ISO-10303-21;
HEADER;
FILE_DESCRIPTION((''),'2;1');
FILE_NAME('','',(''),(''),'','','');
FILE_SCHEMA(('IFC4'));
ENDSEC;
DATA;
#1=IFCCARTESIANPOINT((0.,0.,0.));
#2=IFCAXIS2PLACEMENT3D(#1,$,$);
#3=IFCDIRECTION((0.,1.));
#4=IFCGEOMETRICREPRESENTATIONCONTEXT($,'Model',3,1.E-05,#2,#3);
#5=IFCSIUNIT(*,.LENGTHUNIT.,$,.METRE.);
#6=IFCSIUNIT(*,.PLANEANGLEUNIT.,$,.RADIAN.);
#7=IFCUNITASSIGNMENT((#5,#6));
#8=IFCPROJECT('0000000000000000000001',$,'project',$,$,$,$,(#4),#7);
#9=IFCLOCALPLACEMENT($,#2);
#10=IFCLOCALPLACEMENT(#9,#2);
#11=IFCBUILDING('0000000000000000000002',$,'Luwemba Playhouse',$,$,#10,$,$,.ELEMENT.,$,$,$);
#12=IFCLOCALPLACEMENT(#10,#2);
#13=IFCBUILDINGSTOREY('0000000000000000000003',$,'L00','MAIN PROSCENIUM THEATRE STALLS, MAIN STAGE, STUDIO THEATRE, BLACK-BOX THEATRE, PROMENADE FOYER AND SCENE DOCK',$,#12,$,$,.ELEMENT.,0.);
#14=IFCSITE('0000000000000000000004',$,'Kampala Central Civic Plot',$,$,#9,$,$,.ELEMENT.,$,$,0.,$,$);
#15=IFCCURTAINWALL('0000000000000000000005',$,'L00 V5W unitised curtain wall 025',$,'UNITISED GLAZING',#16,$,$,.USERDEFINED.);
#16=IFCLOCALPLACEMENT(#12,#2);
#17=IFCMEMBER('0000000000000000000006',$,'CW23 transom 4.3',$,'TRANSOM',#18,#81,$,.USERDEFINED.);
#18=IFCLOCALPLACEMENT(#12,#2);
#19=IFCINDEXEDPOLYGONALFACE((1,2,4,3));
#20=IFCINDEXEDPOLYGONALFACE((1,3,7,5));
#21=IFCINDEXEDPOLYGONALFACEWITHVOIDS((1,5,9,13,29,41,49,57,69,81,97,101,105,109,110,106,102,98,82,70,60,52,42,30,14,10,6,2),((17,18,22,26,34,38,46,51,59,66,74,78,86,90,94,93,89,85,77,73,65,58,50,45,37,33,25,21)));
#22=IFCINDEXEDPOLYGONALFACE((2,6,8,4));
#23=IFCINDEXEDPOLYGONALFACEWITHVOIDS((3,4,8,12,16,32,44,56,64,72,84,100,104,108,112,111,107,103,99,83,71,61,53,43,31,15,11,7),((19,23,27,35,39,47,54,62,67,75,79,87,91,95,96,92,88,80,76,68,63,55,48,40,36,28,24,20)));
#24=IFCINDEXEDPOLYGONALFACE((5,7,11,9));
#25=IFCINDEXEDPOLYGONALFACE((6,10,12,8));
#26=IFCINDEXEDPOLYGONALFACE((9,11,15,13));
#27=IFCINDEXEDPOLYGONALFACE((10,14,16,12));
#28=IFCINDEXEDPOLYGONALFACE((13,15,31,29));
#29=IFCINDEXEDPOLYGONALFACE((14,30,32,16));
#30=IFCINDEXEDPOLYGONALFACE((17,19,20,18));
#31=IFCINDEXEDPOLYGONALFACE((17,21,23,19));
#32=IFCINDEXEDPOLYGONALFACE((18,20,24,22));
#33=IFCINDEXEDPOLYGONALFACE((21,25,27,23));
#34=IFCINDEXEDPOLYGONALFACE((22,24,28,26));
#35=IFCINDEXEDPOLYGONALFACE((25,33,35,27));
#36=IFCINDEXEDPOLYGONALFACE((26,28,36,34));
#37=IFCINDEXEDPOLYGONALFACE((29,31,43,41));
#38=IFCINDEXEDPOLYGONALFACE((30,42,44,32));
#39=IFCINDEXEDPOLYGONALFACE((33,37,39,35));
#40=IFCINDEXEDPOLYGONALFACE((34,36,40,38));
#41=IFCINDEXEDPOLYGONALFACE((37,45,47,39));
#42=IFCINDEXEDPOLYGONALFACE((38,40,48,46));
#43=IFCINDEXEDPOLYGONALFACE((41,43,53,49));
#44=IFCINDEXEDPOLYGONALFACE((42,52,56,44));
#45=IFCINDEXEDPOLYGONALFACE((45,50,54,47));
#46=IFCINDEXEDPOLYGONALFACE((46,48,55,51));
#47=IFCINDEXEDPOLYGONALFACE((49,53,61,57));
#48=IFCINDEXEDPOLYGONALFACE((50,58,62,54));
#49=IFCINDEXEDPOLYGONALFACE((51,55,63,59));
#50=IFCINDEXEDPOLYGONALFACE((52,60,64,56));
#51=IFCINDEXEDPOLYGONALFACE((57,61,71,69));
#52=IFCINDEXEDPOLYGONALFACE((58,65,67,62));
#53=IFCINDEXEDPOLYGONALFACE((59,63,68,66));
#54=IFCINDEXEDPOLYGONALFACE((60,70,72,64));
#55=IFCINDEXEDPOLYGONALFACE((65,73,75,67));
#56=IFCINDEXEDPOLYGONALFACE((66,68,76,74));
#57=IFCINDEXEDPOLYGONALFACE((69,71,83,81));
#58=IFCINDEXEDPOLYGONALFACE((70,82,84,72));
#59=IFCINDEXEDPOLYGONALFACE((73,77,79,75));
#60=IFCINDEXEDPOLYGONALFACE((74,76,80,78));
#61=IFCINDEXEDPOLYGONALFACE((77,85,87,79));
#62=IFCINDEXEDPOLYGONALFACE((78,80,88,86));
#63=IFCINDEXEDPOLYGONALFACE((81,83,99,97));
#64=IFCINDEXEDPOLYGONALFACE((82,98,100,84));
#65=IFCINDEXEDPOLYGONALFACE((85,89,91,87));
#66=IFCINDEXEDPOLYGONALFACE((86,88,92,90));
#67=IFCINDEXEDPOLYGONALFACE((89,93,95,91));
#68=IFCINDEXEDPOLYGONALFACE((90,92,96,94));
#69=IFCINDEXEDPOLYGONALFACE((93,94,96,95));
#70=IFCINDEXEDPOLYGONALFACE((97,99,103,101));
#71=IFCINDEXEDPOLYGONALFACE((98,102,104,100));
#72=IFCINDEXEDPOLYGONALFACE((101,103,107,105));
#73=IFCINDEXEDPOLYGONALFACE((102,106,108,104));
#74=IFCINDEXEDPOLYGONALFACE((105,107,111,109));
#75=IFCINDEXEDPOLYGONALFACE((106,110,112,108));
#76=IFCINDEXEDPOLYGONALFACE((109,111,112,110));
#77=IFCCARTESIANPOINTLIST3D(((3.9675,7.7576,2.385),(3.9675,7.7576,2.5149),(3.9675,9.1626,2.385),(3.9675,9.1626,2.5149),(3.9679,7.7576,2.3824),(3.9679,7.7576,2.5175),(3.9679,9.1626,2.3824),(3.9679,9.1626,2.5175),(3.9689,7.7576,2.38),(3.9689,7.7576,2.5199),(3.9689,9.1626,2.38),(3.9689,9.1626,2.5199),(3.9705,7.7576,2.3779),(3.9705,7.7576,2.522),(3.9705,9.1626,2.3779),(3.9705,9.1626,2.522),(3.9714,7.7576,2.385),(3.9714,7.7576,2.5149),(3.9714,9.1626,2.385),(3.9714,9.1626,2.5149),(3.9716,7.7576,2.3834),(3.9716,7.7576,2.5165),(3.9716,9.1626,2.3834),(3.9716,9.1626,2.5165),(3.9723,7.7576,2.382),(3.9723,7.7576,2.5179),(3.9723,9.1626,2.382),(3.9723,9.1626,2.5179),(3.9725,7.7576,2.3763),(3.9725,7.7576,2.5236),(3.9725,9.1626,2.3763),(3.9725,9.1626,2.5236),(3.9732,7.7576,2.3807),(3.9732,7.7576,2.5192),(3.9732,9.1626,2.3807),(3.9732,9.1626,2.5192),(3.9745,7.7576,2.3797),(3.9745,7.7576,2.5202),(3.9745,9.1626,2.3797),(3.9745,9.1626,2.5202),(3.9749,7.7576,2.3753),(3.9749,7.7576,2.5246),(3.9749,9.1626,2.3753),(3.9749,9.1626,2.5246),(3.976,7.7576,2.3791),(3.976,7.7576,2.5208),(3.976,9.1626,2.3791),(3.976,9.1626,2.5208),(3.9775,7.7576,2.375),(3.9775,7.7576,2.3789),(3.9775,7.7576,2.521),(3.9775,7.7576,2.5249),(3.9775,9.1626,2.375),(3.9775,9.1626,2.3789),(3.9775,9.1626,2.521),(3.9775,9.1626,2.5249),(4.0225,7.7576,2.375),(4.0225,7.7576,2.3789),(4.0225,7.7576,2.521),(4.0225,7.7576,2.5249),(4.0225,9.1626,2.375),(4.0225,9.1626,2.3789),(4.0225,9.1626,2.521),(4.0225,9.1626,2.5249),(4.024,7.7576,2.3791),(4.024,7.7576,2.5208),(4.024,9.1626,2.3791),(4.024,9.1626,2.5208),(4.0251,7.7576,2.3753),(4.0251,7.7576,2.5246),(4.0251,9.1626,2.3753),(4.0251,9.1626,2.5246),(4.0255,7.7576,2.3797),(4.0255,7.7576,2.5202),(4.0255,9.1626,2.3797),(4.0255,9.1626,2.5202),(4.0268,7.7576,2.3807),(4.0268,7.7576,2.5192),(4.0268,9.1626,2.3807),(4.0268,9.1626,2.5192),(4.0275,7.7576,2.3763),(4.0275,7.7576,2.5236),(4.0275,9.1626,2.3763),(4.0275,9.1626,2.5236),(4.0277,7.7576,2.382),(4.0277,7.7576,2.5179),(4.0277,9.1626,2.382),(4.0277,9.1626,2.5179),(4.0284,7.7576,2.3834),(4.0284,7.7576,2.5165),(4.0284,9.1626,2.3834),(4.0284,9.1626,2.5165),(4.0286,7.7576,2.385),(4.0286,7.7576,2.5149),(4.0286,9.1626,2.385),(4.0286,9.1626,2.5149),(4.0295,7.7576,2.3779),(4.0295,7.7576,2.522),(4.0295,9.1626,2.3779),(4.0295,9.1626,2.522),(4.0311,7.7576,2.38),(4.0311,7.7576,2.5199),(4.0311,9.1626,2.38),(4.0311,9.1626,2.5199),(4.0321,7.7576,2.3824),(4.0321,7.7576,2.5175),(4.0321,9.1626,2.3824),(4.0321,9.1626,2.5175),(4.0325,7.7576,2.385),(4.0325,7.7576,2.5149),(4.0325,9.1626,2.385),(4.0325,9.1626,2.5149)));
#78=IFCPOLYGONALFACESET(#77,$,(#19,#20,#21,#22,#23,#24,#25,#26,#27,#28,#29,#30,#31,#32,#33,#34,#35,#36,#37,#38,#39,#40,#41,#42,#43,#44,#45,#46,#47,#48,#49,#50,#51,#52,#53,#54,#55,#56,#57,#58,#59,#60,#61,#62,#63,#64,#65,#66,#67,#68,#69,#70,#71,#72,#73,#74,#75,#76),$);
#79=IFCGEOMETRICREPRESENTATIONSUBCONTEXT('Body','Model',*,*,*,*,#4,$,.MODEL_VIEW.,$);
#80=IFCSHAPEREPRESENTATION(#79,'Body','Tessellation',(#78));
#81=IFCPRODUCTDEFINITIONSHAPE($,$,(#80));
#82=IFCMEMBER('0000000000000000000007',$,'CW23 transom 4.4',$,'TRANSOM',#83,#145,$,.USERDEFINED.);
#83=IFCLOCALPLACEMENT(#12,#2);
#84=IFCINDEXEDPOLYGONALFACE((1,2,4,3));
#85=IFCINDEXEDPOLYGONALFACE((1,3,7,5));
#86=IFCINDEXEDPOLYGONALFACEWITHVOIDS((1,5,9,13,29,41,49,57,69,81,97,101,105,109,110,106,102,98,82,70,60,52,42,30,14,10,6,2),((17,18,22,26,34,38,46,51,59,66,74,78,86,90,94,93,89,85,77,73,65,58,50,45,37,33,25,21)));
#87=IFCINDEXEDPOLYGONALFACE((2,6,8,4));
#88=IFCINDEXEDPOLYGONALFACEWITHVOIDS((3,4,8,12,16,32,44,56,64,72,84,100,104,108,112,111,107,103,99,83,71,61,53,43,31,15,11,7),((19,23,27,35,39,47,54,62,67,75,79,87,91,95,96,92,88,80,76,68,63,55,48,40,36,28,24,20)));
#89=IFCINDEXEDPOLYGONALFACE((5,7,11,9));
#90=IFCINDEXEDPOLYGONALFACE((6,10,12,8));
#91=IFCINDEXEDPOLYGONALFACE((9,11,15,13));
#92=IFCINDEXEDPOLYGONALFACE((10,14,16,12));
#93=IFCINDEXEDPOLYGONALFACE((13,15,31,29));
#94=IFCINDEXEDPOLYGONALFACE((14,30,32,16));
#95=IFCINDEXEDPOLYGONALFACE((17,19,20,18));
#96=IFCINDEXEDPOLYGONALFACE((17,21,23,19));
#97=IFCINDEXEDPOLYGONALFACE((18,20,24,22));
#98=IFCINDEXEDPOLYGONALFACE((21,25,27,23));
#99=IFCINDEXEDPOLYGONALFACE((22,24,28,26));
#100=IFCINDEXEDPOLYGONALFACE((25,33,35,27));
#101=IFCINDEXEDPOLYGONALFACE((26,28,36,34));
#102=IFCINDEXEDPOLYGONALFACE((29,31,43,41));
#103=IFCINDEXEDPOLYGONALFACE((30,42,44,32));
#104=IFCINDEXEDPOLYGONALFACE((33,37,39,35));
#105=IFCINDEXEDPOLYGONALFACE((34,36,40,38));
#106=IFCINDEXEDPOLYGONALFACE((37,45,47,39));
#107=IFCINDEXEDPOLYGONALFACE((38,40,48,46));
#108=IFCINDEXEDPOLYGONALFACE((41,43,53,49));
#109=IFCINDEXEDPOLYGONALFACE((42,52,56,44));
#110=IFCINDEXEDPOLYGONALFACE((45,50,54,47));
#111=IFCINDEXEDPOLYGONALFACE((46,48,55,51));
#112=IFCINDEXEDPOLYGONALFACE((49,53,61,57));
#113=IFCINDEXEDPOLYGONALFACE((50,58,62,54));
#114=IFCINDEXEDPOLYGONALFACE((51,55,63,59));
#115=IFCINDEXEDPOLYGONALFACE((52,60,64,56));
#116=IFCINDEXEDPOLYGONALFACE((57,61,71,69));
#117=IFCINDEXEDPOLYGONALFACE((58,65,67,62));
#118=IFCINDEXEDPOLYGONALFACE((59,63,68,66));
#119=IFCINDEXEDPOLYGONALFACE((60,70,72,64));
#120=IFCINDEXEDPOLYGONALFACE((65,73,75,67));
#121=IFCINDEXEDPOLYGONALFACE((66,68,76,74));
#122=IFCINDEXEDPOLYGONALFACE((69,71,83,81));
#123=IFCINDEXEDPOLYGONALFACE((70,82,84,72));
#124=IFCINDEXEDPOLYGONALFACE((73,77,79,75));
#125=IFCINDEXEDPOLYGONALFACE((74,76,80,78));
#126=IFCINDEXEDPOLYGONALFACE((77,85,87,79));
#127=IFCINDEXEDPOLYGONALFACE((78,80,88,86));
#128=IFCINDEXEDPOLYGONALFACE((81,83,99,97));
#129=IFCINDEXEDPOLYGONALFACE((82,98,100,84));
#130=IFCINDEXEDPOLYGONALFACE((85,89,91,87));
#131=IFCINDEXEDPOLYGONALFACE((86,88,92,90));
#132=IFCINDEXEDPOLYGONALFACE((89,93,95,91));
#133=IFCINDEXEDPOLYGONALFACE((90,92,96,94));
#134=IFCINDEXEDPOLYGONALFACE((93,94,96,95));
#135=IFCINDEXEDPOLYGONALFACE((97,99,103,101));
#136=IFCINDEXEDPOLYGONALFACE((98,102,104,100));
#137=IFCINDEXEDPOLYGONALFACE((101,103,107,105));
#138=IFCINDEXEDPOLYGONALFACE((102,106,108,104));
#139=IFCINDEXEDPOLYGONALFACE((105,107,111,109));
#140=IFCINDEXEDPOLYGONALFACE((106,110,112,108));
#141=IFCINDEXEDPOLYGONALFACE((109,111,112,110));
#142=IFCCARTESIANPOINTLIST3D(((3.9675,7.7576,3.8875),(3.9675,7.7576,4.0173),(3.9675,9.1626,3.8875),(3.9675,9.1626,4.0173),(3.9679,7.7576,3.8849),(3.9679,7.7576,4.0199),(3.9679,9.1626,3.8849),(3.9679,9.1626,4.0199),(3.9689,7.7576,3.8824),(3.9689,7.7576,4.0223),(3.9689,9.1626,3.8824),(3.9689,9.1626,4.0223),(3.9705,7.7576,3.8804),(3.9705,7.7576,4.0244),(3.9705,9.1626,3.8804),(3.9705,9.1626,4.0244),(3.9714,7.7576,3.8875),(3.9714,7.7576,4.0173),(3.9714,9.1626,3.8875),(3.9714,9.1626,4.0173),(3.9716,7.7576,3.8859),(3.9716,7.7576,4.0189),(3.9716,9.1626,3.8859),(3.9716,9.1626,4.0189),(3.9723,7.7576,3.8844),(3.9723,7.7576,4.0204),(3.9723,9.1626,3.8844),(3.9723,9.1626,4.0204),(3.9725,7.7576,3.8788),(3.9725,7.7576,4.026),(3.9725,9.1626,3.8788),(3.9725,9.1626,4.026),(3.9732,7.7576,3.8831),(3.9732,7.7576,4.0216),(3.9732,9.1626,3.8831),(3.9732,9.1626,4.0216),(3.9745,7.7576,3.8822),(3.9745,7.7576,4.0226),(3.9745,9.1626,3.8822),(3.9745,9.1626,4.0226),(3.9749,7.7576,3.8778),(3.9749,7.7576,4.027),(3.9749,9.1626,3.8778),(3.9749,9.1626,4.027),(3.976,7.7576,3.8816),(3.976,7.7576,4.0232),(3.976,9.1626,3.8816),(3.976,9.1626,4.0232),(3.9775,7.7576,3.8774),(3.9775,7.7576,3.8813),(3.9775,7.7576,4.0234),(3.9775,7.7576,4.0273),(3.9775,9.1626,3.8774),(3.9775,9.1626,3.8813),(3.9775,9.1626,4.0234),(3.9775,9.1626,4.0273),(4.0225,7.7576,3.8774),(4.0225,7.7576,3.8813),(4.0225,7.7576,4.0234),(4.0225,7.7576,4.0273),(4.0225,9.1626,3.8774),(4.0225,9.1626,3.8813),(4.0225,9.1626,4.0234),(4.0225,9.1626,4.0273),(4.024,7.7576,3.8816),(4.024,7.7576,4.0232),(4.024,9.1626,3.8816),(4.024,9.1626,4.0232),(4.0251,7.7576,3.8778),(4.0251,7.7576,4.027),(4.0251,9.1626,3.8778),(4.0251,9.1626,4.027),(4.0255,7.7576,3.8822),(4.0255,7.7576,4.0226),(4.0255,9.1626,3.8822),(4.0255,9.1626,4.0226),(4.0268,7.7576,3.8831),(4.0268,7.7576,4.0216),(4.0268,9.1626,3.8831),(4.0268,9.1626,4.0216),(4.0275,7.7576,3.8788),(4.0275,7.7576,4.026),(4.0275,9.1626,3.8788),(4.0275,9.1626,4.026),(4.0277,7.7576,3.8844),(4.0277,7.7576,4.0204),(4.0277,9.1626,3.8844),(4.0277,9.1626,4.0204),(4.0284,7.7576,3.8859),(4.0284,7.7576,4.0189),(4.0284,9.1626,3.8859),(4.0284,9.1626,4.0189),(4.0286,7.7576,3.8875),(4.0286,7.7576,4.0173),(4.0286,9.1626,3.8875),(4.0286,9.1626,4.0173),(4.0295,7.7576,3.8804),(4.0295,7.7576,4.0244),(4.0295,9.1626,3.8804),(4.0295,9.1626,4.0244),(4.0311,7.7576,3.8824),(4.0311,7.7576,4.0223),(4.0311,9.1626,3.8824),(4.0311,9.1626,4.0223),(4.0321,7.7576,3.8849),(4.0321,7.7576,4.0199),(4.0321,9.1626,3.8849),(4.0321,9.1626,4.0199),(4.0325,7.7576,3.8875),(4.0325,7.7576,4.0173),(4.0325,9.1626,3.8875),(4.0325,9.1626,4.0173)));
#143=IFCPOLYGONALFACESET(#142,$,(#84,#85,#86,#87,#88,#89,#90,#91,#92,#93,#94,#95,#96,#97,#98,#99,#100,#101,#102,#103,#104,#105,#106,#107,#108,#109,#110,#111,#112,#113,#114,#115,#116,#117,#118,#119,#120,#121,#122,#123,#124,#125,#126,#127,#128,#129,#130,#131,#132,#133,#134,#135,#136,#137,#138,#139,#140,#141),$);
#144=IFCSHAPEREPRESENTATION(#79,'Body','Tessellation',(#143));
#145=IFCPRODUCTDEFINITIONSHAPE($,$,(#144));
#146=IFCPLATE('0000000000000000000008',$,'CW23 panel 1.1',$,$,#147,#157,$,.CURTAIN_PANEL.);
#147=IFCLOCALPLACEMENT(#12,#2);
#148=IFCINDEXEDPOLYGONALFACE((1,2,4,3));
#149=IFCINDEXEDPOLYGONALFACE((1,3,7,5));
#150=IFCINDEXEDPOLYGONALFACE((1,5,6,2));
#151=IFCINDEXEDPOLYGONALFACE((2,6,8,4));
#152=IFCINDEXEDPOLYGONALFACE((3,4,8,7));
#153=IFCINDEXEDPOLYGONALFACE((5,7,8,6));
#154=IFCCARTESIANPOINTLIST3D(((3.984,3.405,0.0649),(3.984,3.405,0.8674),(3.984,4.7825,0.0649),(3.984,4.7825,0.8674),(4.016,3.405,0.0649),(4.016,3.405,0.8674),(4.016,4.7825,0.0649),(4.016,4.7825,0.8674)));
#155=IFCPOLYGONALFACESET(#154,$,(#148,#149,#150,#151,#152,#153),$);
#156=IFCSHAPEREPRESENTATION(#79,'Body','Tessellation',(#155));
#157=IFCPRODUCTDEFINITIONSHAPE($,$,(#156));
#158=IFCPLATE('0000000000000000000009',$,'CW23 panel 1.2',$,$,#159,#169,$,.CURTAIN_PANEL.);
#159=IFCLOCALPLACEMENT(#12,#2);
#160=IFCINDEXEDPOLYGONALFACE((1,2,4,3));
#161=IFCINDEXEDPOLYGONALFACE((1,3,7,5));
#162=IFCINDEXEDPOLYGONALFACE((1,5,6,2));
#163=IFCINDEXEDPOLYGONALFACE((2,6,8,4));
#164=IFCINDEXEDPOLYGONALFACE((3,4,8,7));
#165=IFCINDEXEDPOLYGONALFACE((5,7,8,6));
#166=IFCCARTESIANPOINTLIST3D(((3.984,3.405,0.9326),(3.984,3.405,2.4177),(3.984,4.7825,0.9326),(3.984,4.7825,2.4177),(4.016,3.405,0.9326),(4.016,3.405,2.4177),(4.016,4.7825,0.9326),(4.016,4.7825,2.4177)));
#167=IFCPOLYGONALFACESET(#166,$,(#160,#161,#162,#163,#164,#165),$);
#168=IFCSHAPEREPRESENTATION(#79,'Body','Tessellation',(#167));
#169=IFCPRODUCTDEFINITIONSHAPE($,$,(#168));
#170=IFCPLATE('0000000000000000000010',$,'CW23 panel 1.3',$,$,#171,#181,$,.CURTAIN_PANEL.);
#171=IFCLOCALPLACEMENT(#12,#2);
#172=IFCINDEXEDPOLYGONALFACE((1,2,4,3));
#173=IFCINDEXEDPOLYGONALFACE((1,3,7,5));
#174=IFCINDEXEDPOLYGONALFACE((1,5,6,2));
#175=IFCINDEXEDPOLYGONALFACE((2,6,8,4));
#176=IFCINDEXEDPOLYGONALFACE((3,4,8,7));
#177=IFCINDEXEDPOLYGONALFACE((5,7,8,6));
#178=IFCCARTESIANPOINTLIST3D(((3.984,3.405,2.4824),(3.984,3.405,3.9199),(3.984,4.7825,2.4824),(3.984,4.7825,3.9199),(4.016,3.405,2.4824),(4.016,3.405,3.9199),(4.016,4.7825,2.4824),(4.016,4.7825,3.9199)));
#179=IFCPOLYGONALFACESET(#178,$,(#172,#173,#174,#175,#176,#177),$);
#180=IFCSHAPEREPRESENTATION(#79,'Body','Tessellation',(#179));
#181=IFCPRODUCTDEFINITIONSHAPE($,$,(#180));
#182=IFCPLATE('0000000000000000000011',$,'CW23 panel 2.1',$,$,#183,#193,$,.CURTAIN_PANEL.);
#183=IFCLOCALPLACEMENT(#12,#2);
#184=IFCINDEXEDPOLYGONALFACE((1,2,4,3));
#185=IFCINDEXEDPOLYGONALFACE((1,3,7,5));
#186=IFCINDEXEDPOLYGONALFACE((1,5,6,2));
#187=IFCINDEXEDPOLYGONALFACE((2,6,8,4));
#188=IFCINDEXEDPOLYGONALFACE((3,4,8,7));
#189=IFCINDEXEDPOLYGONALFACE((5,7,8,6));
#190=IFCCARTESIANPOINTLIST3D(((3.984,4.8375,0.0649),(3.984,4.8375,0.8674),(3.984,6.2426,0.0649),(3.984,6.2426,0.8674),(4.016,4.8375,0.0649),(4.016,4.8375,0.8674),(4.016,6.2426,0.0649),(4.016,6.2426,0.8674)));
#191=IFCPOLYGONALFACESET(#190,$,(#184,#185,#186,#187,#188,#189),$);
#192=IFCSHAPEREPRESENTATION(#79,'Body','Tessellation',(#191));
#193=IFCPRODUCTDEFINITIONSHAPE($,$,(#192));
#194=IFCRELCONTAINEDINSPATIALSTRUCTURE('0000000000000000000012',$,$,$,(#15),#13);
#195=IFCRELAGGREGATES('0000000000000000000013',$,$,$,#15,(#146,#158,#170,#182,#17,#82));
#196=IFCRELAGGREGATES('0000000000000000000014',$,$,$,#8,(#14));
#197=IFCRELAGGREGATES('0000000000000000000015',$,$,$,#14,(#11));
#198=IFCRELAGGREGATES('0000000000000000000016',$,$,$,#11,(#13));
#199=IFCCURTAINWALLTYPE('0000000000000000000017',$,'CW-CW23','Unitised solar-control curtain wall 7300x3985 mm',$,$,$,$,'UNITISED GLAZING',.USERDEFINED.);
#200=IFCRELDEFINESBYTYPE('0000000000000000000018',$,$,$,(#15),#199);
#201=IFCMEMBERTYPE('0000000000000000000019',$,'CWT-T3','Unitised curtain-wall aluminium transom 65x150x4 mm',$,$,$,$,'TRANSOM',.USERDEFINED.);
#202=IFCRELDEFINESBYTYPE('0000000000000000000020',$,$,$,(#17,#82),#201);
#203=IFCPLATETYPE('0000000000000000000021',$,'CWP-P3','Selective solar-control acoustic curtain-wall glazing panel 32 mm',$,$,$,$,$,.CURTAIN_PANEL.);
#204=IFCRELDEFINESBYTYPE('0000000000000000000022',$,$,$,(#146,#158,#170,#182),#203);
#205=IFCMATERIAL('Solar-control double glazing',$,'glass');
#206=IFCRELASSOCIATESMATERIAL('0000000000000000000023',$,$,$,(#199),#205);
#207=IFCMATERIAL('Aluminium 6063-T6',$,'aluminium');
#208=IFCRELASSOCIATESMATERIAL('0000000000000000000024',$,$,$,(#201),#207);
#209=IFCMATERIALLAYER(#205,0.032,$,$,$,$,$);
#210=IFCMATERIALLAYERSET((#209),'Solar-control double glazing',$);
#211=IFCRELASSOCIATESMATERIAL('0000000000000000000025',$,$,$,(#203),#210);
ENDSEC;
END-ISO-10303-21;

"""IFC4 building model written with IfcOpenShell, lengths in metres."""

from ifc_helpers import new_model, si_unit, direction, frame, origin, origin_2d, place, context, subcontext, project, spatial, rectangle, hollow_rectangle, extrude, material, layer, layer_set, material_profile, profile_set, type_object, element, aggregate, save


model = new_model("IFC4")

# Units and contexts
model_context = context("Model", 3, precision=1e-05, world=origin(), true_north=direction((0.0, 1.0)))
body_context = subcontext(model_context, "Body", "Model", "MODEL_VIEW")
ifc_project = project(units=[si_unit("LENGTHUNIT", "METRE"), si_unit("PLANEANGLEUNIT", "RADIAN")], contexts=[model_context])

# Site, building, storey
site_placement = place(None, origin())
site = spatial("IfcSite", under=ifc_project, at=site_placement, Name="Kampala Central Civic Plot", CompositionType="ELEMENT", RefElevation=0.0)
building_placement = place(site_placement, origin())
building = spatial("IfcBuilding", under=site, at=building_placement, Name="Luwemba Playhouse", CompositionType="ELEMENT")
storey_placement = place(building_placement, origin())
storey = spatial("IfcBuildingStorey", under=building, at=storey_placement, Name="L00", Description="MAIN PROSCENIUM THEATRE STALLS, MAIN STAGE, STUDIO THEATRE, BLACK-BOX THEATRE, PROMENADE FOYER AND SCENE DOCK", CompositionType="ELEMENT", Elevation=0.0)

# Curtain wall, members, plates
ifc_material_1 = material(Name="Solar-control double glazing", Category="glass")
curtain_wall_type = type_object("IfcCurtainWallType", Name="CW-CW23", Description="Unitised solar-control curtain wall 7300x3985 mm", ElementType="UNITISED GLAZING", PredefinedType="USERDEFINED", material=ifc_material_1)
curtain_wall_placement = place(storey_placement, origin())
curtain_wall = element("IfcCurtainWall", 1, at=curtain_wall_placement, inside=storey, type_object=curtain_wall_type, Name="L00 V5W unitised curtain wall 025", ObjectType="UNITISED GLAZING", PredefinedType="USERDEFINED")
ifc_material_2 = material(Name="Aluminium 6063-T6", Category="aluminium")
ifc_material_profile_1 = material_profile(ifc_material_2, hollow_rectangle(XDim=0.0649, YDim=0.1499, WallThickness=0.0039, InnerFilletRadius=0.0061, OuterFilletRadius=0.01, at=origin_2d()))
ifc_profile_set_1 = profile_set([ifc_material_profile_1], Name="Aluminium 6063-T6")
member_type_1 = type_object("IfcMemberType", Name="CWT-T3", Description="Unitised curtain-wall aluminium transom 65x150x4 mm", ElementType="TRANSOM", PredefinedType="USERDEFINED", material=ifc_profile_set_1)
member_1_placement = place(storey_placement, frame((4.0, 7.7576, 2.45), z_axis=(0.0, 1.0, 0.0), x_axis=(-1.0, 0.0, 0.0)))
member_1 = element("IfcMember", 2, at=member_1_placement, type_object=member_type_1, Name="CW23 transom 4.3", ObjectType="TRANSOM", PredefinedType="USERDEFINED", context=body_context, shape_type="SweptSolid", body=[
    extrude(hollow_rectangle(XDim=0.0649, YDim=0.1499, WallThickness=0.0039, InnerFilletRadius=0.0061, OuterFilletRadius=0.01, at=origin_2d()), origin(), (0.0, 0.0, 1.0), 1.405),
])
member_2_placement = place(storey_placement, frame((4.0, 7.7576, 3.9524), z_axis=(0.0, 1.0, 0.0), x_axis=(-1.0, 0.0, 0.0)))
member_2 = element("IfcMember", 3, at=member_2_placement, type_object=member_type_1, Name="CW23 transom 4.4", ObjectType="TRANSOM", PredefinedType="USERDEFINED", context=body_context, shape_type="SweptSolid", body=[
    extrude(hollow_rectangle(XDim=0.0649, YDim=0.1499, WallThickness=0.0039, InnerFilletRadius=0.0061, OuterFilletRadius=0.01, at=origin_2d()), origin(), (0.0, 0.0, 1.0), 1.405),
])
ifc_layer = layer(ifc_material_1, 0.032)
ifc_layer_set = layer_set([ifc_layer], Name="Solar-control double glazing")
plate_type = type_object("IfcPlateType", Name="CWP-P3", Description="Selective solar-control acoustic curtain-wall glazing panel 32 mm", PredefinedType="CURTAIN_PANEL", material=ifc_layer_set)
plate_1_placement = place(storey_placement, frame((4.0, 4.0938, 0.0649), z_axis=(0.0, 0.0, 1.0), x_axis=(0.0, 1.0, 0.0)))
plate_1 = element("IfcPlate", 4, at=plate_1_placement, type_object=plate_type, Name="CW23 panel 1.1", PredefinedType="CURTAIN_PANEL", context=body_context, shape_type="SweptSolid", body=[
    extrude(rectangle(XDim=1.3774, YDim=0.032, at=origin_2d()), origin(), (0.0, 0.0, 1.0), 0.8025),
])
plate_2_placement = place(storey_placement, frame((4.0, 4.0938, 0.9326), z_axis=(0.0, 0.0, 1.0), x_axis=(0.0, 1.0, 0.0)))
plate_2 = element("IfcPlate", 5, at=plate_2_placement, type_object=plate_type, Name="CW23 panel 1.2", PredefinedType="CURTAIN_PANEL", context=body_context, shape_type="SweptSolid", body=[
    extrude(rectangle(XDim=1.3774, YDim=0.032, at=origin_2d()), origin(), (0.0, 0.0, 1.0), 1.4851),
])
plate_3_placement = place(storey_placement, frame((4.0, 4.0938, 2.4824), z_axis=(0.0, 0.0, 1.0), x_axis=(0.0, 1.0, 0.0)))
plate_3 = element("IfcPlate", 6, at=plate_3_placement, type_object=plate_type, Name="CW23 panel 1.3", PredefinedType="CURTAIN_PANEL", context=body_context, shape_type="SweptSolid", body=[
    extrude(rectangle(XDim=1.3774, YDim=0.032, at=origin_2d()), origin(), (0.0, 0.0, 1.0), 1.4375),
])
plate_4_placement = place(storey_placement, frame((4.0, 5.54, 0.0649), z_axis=(0.0, 0.0, 1.0), x_axis=(0.0, 1.0, 0.0)))
plate_4 = element("IfcPlate", 7, at=plate_4_placement, type_object=plate_type, Name="CW23 panel 2.1", PredefinedType="CURTAIN_PANEL", context=body_context, shape_type="SweptSolid", body=[
    extrude(rectangle(XDim=1.405, YDim=0.032, at=origin_2d()), origin(), (0.0, 0.0, 1.0), 0.8025),
])
aggregate(curtain_wall, [plate_1, plate_2, plate_3, plate_4, member_1, member_2])

save(model, "model.ifc")
